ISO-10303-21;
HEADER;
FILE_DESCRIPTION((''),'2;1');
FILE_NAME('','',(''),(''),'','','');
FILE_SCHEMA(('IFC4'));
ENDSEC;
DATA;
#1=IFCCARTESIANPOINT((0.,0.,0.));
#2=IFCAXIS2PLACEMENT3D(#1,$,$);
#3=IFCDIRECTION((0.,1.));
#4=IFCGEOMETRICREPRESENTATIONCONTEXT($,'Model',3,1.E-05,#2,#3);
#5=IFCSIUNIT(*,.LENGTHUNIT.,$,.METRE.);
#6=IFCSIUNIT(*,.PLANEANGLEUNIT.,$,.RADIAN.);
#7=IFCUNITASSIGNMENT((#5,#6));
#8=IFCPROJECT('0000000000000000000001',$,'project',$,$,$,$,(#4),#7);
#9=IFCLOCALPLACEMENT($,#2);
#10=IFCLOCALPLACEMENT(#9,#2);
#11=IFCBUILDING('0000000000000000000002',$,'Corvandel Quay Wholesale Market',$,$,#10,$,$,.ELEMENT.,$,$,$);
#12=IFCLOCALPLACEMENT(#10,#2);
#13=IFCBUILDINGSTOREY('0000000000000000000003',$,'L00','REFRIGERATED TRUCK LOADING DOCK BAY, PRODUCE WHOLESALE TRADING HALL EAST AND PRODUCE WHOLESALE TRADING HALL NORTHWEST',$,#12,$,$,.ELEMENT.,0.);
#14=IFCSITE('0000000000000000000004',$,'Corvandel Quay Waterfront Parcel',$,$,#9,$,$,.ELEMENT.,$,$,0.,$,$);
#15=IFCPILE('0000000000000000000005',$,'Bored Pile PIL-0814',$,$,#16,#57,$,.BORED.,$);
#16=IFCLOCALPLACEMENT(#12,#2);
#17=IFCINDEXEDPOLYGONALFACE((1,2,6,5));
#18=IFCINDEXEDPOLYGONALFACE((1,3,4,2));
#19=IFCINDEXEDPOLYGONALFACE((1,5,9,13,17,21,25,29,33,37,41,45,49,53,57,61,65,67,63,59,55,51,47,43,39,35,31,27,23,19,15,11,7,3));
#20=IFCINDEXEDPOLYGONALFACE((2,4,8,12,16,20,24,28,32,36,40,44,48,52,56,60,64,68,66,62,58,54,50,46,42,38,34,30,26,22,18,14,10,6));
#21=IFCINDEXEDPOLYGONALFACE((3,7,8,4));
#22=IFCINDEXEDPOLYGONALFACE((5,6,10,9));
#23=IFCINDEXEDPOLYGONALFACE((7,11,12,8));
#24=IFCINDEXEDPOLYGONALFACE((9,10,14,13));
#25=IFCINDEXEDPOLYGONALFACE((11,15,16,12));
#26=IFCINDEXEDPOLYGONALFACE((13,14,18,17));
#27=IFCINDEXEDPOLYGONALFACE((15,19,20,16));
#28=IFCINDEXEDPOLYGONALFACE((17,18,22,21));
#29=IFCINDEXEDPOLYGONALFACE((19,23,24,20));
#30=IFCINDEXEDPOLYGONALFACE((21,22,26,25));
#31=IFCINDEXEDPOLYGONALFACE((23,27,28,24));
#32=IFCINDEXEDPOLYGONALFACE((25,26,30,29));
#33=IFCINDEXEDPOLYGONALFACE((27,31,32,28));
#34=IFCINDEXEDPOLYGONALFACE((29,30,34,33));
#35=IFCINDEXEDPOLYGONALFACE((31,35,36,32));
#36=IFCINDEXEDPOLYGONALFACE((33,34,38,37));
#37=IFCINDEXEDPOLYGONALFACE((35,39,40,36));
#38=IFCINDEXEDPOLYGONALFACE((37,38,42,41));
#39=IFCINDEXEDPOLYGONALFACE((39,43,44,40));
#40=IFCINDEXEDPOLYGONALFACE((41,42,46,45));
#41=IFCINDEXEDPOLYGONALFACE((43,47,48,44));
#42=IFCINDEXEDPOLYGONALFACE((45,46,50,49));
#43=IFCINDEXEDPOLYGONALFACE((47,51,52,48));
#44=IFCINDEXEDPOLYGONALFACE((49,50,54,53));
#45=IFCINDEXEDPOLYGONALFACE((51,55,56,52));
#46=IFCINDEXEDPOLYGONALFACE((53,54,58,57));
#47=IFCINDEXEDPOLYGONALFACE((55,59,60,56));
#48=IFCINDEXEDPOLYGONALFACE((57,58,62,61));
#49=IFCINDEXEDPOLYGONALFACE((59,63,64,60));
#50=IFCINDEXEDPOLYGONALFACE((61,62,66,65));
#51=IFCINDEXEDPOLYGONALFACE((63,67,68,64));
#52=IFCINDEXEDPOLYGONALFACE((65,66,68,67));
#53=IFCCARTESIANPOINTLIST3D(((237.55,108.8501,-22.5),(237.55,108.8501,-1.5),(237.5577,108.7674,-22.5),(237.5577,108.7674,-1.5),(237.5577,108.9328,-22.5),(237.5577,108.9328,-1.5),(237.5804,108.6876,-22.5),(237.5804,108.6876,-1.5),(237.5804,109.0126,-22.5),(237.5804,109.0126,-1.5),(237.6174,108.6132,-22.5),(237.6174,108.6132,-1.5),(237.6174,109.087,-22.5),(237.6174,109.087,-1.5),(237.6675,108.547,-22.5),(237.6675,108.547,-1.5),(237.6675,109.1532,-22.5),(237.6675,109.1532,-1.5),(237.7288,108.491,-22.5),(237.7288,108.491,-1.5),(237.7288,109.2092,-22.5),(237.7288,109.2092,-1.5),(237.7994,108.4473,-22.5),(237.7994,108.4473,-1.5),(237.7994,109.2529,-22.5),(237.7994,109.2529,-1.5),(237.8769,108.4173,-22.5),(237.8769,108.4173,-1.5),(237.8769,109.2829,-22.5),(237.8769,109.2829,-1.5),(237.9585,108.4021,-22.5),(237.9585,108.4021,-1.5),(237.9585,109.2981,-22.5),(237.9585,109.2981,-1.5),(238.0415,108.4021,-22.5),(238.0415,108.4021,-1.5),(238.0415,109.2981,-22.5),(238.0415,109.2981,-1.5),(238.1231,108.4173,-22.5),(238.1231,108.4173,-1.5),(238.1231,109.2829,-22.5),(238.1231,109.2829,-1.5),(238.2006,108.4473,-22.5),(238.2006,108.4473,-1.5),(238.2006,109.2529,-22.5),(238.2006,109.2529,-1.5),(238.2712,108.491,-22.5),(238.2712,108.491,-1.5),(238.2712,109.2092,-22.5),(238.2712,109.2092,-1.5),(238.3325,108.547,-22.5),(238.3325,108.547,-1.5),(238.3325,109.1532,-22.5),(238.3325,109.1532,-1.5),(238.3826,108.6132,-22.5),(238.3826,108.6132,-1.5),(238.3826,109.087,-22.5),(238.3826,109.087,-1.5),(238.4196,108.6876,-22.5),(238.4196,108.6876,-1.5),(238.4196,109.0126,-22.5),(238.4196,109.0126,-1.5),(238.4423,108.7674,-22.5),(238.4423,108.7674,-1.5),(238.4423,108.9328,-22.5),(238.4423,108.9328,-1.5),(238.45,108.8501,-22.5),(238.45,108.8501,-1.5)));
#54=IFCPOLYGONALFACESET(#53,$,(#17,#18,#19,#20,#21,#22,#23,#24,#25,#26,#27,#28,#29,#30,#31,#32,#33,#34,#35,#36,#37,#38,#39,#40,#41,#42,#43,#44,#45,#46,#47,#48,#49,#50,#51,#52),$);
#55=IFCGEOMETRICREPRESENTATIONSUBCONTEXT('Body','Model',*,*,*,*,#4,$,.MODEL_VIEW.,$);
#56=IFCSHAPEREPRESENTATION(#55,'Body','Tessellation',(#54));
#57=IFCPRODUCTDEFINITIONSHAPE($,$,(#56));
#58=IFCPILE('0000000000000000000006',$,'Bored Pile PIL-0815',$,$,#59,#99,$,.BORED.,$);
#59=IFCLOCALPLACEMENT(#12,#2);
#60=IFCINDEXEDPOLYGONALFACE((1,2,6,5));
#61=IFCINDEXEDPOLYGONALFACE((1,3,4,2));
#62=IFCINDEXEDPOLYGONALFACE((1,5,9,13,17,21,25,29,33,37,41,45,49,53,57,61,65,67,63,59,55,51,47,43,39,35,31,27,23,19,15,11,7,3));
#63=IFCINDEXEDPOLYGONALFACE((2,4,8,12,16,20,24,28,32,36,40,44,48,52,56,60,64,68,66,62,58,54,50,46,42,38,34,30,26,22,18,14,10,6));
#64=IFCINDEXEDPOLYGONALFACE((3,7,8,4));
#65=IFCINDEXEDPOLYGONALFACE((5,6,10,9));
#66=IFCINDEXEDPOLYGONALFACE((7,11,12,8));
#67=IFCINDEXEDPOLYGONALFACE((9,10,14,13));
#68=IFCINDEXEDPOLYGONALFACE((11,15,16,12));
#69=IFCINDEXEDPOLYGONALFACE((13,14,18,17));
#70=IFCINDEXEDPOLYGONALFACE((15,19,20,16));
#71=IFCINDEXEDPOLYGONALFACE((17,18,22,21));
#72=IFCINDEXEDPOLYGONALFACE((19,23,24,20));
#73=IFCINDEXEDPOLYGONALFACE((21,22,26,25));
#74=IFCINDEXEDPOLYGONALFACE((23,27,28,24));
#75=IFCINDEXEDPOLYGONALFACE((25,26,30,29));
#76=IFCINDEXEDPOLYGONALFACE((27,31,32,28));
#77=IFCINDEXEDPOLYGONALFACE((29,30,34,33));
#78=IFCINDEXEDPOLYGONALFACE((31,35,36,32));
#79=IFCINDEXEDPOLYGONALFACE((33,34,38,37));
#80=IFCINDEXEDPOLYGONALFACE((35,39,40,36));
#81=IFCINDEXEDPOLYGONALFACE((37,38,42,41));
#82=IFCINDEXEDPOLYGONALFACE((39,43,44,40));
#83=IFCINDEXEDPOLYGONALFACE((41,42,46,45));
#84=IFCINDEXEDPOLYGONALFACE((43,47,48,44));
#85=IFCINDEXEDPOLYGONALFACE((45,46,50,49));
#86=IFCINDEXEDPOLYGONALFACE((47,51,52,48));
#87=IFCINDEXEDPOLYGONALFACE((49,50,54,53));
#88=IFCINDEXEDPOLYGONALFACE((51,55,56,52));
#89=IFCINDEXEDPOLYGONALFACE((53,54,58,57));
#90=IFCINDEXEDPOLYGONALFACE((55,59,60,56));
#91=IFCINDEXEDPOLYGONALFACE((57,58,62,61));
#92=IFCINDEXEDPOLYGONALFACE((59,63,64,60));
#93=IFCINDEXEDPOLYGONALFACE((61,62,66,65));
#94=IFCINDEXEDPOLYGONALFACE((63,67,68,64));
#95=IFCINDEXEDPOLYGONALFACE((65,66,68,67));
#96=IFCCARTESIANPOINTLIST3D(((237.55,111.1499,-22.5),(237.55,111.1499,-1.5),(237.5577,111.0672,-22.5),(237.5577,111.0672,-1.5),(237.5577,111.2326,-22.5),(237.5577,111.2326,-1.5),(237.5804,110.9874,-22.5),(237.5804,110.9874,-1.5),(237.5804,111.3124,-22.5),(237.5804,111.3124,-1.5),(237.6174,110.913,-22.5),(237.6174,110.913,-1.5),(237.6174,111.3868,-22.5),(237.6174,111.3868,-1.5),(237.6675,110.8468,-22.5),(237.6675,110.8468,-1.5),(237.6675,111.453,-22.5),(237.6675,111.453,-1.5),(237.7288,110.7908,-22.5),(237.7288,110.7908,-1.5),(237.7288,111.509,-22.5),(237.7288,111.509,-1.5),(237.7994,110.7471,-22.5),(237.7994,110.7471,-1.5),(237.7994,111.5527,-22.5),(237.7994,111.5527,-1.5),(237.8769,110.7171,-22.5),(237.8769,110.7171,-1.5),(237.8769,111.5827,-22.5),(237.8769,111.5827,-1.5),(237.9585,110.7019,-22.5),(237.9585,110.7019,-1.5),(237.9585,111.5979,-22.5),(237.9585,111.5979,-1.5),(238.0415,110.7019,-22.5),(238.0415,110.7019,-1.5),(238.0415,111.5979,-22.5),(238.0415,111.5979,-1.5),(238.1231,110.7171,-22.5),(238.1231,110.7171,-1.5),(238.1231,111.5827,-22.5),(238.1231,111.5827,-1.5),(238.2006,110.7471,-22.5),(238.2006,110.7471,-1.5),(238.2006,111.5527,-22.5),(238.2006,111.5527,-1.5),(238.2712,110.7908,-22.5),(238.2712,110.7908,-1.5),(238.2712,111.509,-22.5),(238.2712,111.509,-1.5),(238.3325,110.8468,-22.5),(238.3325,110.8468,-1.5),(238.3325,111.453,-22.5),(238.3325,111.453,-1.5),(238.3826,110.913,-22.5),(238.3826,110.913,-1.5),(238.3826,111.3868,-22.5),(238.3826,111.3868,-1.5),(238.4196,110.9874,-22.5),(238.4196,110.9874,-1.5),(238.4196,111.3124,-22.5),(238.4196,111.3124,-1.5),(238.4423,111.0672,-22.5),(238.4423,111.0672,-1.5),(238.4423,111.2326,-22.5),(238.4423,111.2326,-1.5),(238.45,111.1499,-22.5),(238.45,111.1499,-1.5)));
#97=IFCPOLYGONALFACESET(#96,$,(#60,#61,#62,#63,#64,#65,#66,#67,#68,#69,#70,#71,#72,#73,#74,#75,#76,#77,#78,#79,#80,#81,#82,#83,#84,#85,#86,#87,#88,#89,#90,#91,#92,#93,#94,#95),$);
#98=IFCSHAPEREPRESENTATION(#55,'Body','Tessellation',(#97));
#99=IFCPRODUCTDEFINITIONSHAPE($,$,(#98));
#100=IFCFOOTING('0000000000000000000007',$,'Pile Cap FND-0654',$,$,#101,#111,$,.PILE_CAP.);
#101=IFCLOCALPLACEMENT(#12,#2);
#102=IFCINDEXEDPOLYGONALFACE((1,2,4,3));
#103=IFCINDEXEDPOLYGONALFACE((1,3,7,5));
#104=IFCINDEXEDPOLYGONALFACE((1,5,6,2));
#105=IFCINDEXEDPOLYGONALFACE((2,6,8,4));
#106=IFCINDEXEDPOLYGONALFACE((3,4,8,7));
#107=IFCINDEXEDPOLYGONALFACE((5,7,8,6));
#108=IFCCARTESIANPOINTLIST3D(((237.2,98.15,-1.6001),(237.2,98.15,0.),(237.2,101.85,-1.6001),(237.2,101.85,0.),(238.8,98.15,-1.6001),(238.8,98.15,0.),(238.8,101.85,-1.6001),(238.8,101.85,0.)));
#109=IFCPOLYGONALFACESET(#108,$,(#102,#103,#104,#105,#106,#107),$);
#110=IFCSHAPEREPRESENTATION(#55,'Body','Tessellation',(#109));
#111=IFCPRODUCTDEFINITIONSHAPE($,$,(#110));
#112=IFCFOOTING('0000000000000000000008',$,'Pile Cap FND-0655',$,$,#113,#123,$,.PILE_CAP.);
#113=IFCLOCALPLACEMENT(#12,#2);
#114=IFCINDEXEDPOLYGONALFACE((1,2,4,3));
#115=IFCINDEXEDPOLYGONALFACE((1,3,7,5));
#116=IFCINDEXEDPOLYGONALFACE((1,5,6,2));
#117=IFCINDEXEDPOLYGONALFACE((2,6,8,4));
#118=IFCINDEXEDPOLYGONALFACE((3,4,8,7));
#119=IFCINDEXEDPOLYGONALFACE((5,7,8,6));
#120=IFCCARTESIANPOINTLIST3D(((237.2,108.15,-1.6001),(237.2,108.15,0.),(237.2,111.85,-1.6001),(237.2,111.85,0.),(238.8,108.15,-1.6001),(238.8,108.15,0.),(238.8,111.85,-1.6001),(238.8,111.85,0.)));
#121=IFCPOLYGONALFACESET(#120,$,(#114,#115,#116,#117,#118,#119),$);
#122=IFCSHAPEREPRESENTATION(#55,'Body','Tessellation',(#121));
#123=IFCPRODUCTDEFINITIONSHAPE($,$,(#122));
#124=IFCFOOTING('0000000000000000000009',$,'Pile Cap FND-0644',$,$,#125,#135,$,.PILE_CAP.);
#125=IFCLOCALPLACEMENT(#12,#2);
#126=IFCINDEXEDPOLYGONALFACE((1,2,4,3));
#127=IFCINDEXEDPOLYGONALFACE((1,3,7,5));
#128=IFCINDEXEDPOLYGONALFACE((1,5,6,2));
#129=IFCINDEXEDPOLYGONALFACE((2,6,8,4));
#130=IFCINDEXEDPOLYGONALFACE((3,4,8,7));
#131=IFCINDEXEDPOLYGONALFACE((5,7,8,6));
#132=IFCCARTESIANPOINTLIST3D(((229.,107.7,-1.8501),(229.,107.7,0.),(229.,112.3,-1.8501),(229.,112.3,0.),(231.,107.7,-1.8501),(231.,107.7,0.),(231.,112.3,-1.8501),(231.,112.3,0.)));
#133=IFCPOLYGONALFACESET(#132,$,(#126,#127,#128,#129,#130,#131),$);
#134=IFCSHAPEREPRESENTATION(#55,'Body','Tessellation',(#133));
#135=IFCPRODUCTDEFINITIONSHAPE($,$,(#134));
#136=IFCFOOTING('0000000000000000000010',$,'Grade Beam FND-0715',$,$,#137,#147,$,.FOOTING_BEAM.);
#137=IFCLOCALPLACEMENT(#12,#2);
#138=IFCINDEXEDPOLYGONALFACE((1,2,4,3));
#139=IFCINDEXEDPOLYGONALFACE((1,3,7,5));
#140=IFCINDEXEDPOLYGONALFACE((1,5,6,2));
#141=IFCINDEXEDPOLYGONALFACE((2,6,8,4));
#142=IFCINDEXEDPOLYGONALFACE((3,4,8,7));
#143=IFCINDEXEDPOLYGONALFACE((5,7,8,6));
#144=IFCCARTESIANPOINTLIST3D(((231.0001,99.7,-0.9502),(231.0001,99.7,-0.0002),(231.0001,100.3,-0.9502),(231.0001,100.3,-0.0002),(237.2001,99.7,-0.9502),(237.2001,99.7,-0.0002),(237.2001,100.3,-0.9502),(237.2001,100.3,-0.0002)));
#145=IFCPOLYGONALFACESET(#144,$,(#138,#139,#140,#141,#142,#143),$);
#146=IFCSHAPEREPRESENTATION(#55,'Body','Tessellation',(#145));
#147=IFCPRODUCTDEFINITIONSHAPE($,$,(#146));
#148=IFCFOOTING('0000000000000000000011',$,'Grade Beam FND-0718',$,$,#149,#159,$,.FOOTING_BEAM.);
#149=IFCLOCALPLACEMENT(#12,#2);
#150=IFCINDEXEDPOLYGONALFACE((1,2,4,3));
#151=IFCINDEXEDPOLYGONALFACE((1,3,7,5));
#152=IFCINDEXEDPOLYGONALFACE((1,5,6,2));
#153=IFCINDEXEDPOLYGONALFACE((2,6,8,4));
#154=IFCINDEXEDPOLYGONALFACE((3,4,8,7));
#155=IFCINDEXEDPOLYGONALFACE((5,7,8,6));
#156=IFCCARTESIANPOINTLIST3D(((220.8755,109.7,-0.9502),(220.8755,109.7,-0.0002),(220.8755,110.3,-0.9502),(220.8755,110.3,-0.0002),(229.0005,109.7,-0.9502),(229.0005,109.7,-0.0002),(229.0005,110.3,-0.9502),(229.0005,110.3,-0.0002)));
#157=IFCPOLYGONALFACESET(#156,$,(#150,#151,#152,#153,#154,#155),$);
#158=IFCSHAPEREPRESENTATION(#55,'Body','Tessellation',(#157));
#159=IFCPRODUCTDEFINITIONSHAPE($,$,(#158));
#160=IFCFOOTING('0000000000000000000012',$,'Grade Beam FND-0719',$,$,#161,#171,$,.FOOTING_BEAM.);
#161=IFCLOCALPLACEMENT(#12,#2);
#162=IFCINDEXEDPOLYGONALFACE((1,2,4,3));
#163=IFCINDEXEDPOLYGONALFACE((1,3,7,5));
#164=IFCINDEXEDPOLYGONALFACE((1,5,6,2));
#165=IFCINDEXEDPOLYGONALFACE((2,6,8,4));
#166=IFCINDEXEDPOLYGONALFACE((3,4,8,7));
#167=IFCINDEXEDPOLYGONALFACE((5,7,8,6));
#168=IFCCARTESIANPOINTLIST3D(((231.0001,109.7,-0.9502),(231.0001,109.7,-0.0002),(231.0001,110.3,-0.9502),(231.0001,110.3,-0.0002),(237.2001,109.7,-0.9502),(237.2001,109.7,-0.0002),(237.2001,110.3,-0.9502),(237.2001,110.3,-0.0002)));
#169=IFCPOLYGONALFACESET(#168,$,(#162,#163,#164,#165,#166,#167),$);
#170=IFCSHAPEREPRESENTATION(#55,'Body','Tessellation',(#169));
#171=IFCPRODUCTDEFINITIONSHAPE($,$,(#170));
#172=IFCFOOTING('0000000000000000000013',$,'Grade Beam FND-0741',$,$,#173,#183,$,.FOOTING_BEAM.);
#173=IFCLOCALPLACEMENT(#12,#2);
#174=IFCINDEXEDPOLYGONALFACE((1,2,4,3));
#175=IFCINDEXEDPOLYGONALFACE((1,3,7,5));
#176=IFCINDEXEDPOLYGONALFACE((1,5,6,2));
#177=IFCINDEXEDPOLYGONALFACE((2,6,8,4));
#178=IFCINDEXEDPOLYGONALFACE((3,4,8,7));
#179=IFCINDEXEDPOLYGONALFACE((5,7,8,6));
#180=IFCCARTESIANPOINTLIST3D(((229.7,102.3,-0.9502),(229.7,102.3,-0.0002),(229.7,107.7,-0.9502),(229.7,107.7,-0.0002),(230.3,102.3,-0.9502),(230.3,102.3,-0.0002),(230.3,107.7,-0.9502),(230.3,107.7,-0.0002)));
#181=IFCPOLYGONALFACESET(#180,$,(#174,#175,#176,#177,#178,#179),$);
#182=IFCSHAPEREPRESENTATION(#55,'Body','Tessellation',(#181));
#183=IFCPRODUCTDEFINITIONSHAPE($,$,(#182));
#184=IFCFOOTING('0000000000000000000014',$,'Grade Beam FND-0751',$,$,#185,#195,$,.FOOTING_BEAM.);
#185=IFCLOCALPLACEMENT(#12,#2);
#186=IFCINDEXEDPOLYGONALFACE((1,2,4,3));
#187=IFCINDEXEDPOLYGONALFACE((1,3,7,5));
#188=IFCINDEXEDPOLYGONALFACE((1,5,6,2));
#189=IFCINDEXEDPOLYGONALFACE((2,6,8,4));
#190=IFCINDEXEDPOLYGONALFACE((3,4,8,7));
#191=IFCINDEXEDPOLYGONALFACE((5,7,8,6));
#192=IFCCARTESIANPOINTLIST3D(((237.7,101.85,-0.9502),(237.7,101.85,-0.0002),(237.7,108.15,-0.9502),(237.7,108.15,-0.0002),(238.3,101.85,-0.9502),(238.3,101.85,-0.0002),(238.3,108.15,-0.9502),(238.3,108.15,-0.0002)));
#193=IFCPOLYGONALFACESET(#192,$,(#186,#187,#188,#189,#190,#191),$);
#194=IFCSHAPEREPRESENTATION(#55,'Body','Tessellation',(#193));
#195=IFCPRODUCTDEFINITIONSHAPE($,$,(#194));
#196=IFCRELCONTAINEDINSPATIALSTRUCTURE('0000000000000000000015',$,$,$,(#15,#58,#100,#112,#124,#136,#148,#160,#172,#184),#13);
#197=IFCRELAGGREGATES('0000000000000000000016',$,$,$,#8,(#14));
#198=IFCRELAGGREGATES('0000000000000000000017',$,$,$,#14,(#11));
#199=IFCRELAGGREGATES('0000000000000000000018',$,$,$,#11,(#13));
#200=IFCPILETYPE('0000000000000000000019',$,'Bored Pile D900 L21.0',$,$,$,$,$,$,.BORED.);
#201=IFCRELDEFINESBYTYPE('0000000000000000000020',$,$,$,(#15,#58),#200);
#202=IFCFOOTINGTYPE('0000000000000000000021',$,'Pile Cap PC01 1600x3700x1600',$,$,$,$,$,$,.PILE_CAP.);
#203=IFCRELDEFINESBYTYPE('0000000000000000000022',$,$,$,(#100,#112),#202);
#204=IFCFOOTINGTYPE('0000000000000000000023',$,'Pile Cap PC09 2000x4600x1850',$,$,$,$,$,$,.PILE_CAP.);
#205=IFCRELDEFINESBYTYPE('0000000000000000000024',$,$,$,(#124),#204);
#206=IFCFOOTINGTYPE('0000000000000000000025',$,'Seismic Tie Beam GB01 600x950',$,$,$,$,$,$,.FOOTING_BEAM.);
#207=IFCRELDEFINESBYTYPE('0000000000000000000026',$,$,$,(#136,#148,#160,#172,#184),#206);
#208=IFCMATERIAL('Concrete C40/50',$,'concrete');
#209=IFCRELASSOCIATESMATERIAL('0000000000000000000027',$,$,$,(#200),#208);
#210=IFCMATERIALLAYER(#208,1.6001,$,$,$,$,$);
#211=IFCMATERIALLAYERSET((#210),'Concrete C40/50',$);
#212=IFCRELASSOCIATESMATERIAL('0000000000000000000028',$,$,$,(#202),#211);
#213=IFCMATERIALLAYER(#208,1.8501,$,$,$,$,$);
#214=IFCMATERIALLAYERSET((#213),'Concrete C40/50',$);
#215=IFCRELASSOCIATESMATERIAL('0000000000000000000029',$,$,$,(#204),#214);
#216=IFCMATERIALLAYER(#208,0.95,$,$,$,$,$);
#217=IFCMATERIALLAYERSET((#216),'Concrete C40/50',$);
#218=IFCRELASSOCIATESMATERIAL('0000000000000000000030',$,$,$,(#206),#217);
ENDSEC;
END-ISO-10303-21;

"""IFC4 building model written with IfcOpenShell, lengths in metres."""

from ifc_helpers import new_model, si_unit, direction, frame, origin, origin_2d, place, context, subcontext, project, spatial, rectangle, circle, extrude, material, layer, layer_set, material_profile, profile_set, type_object, element, save


model = new_model("IFC4")

# Units and contexts
model_context = context("Model", 3, precision=1e-05, world=origin(), true_north=direction((0.0, 1.0)))
body_context = subcontext(model_context, "Body", "Model", "MODEL_VIEW")
ifc_project = project(units=[si_unit("LENGTHUNIT", "METRE"), si_unit("PLANEANGLEUNIT", "RADIAN")], contexts=[model_context])

# Site, building, storey
site_placement = place(None, origin())
site = spatial("IfcSite", under=ifc_project, at=site_placement, Name="Corvandel Quay Waterfront Parcel", CompositionType="ELEMENT", RefElevation=0.0)
building_placement = place(site_placement, origin())
building = spatial("IfcBuilding", under=site, at=building_placement, Name="Corvandel Quay Wholesale Market", CompositionType="ELEMENT")
storey_placement = place(building_placement, origin())
storey = spatial("IfcBuildingStorey", under=building, at=storey_placement, Name="L00", Description="REFRIGERATED TRUCK LOADING DOCK BAY, PRODUCE WHOLESALE TRADING HALL EAST AND PRODUCE WHOLESALE TRADING HALL NORTHWEST", CompositionType="ELEMENT", Elevation=0.0)

# Piles
ifc_material_1 = material(Name="Concrete C40/50", Category="concrete")
ifc_material_profile_1 = material_profile(ifc_material_1, circle(Radius=0.45, at=origin_2d()), Name="RC-PILE-D900")
ifc_profile_set_1 = profile_set([ifc_material_profile_1], Name="Concrete C40/50")
pile_type_1 = type_object("IfcPileType", Name="Bored Pile D900 L21.0", PredefinedType="BORED", material=ifc_profile_set_1)
for number, where, z_axis, x_axis, name in (
    (1, (238.0, 108.8501, -1.5), (0.0, 0.0, -1.0), (1.0, 0.0, 0.0), "Bored Pile PIL-0814"),
    (2, (238.0, 111.1499, -1.5), (0.0, 0.0, -1.0), (1.0, 0.0, 0.0), "Bored Pile PIL-0815"),
):
    element("IfcPile", number, at=place(storey_placement, frame(where, z_axis=z_axis, x_axis=x_axis)), inside=storey, type_object=pile_type_1, Name=name, PredefinedType="BORED", context=body_context, shape_type="SweptSolid", body=[
        extrude(circle(Radius=0.45, at=origin_2d()), origin(), (0.0, 0.0, 1.0), 21.0),
    ])

# Footings
ifc_layer_1 = layer(ifc_material_1, 1.6001)
ifc_layer_set_1 = layer_set([ifc_layer_1], Name="Concrete C40/50")
footing_type_1 = type_object("IfcFootingType", Name="Pile Cap PC01 1600x3700x1600", PredefinedType="PILE_CAP", material=ifc_layer_set_1)
for number, where, z_axis, x_axis, name in (
    (3, (238.0, 100.0, -1.6001), (0.0, 0.0, 1.0), (1.0, 0.0, 0.0), "Pile Cap FND-0654"),
    (4, (238.0, 110.0, -1.6001), (0.0, 0.0, 1.0), (1.0, 0.0, 0.0), "Pile Cap FND-0655"),
):
    element("IfcFooting", number, at=place(storey_placement, frame(where, z_axis=z_axis, x_axis=x_axis)), inside=storey, type_object=footing_type_1, Name=name, PredefinedType="PILE_CAP", context=body_context, shape_type="SweptSolid", body=[
        extrude(rectangle(XDim=1.6001, YDim=3.7, at=origin_2d()), origin(), (0.0, 0.0, 1.0), 1.6001),
    ])
ifc_layer_2 = layer(ifc_material_1, 1.8501)
ifc_layer_set_2 = layer_set([ifc_layer_2], Name="Concrete C40/50")
footing_type_2 = type_object("IfcFootingType", Name="Pile Cap PC09 2000x4600x1850", PredefinedType="PILE_CAP", material=ifc_layer_set_2)
footing_1_placement = place(storey_placement, frame((230.0, 110.0, -1.8501), z_axis=(0.0, 0.0, 1.0), x_axis=(1.0, 0.0, 0.0)))
element("IfcFooting", 5, at=footing_1_placement, inside=storey, type_object=footing_type_2, Name="Pile Cap FND-0644", PredefinedType="PILE_CAP", context=body_context, shape_type="SweptSolid", body=[
    extrude(rectangle(XDim=2.0, YDim=4.6001, at=origin_2d()), origin(), (0.0, 0.0, 1.0), 1.8501),
])
ifc_layer_3 = layer(ifc_material_1, 0.95)
ifc_layer_set_3 = layer_set([ifc_layer_3], Name="Concrete C40/50")
footing_type_3 = type_object("IfcFootingType", Name="Seismic Tie Beam GB01 600x950", PredefinedType="FOOTING_BEAM", material=ifc_layer_set_3)
footing_2_placement = place(storey_placement, frame((234.1001, 100.0, -0.9502), z_axis=(0.0, 0.0, 1.0), x_axis=(1.0, 0.0, 0.0)))
element("IfcFooting", 6, at=footing_2_placement, inside=storey, type_object=footing_type_3, Name="Grade Beam FND-0715", PredefinedType="FOOTING_BEAM", context=body_context, shape_type="SweptSolid", body=[
    extrude(rectangle(XDim=6.2, YDim=0.6001, at=origin_2d()), origin(), (0.0, 0.0, 1.0), 0.95),
])
footing_3_placement = place(storey_placement, frame((224.938, 110.0, -0.9502), z_axis=(0.0, 0.0, 1.0), x_axis=(1.0, 0.0, 0.0)))
element("IfcFooting", 7, at=footing_3_placement, inside=storey, type_object=footing_type_3, Name="Grade Beam FND-0718", PredefinedType="FOOTING_BEAM", context=body_context, shape_type="SweptSolid", body=[
    extrude(rectangle(XDim=8.125, YDim=0.6001, at=origin_2d()), origin(), (0.0, 0.0, 1.0), 0.95),
])
footing_4_placement = place(storey_placement, frame((234.1001, 110.0, -0.9502), z_axis=(0.0, 0.0, 1.0), x_axis=(1.0, 0.0, 0.0)))
element("IfcFooting", 8, at=footing_4_placement, inside=storey, type_object=footing_type_3, Name="Grade Beam FND-0719", PredefinedType="FOOTING_BEAM", context=body_context, shape_type="SweptSolid", body=[
    extrude(rectangle(XDim=6.2, YDim=0.6001, at=origin_2d()), origin(), (0.0, 0.0, 1.0), 0.95),
])
footing_5_placement = place(storey_placement, frame((230.0, 105.0, -0.9502), z_axis=(0.0, 0.0, 1.0), x_axis=(0.0, 1.0, 0.0)))
element("IfcFooting", 9, at=footing_5_placement, inside=storey, type_object=footing_type_3, Name="Grade Beam FND-0741", PredefinedType="FOOTING_BEAM", context=body_context, shape_type="SweptSolid", body=[
    extrude(rectangle(XDim=5.3999, YDim=0.6001, at=origin_2d()), origin(), (0.0, 0.0, 1.0), 0.95),
])
footing_6_placement = place(storey_placement, frame((238.0, 105.0, -0.9502), z_axis=(0.0, 0.0, 1.0), x_axis=(0.0, 1.0, 0.0)))
element("IfcFooting", 10, at=footing_6_placement, inside=storey, type_object=footing_type_3, Name="Grade Beam FND-0751", PredefinedType="FOOTING_BEAM", context=body_context, shape_type="SweptSolid", body=[
    extrude(rectangle(XDim=6.3, YDim=0.6001, at=origin_2d()), origin(), (0.0, 0.0, 1.0), 0.95),
])

save(model, "model.ifc")
